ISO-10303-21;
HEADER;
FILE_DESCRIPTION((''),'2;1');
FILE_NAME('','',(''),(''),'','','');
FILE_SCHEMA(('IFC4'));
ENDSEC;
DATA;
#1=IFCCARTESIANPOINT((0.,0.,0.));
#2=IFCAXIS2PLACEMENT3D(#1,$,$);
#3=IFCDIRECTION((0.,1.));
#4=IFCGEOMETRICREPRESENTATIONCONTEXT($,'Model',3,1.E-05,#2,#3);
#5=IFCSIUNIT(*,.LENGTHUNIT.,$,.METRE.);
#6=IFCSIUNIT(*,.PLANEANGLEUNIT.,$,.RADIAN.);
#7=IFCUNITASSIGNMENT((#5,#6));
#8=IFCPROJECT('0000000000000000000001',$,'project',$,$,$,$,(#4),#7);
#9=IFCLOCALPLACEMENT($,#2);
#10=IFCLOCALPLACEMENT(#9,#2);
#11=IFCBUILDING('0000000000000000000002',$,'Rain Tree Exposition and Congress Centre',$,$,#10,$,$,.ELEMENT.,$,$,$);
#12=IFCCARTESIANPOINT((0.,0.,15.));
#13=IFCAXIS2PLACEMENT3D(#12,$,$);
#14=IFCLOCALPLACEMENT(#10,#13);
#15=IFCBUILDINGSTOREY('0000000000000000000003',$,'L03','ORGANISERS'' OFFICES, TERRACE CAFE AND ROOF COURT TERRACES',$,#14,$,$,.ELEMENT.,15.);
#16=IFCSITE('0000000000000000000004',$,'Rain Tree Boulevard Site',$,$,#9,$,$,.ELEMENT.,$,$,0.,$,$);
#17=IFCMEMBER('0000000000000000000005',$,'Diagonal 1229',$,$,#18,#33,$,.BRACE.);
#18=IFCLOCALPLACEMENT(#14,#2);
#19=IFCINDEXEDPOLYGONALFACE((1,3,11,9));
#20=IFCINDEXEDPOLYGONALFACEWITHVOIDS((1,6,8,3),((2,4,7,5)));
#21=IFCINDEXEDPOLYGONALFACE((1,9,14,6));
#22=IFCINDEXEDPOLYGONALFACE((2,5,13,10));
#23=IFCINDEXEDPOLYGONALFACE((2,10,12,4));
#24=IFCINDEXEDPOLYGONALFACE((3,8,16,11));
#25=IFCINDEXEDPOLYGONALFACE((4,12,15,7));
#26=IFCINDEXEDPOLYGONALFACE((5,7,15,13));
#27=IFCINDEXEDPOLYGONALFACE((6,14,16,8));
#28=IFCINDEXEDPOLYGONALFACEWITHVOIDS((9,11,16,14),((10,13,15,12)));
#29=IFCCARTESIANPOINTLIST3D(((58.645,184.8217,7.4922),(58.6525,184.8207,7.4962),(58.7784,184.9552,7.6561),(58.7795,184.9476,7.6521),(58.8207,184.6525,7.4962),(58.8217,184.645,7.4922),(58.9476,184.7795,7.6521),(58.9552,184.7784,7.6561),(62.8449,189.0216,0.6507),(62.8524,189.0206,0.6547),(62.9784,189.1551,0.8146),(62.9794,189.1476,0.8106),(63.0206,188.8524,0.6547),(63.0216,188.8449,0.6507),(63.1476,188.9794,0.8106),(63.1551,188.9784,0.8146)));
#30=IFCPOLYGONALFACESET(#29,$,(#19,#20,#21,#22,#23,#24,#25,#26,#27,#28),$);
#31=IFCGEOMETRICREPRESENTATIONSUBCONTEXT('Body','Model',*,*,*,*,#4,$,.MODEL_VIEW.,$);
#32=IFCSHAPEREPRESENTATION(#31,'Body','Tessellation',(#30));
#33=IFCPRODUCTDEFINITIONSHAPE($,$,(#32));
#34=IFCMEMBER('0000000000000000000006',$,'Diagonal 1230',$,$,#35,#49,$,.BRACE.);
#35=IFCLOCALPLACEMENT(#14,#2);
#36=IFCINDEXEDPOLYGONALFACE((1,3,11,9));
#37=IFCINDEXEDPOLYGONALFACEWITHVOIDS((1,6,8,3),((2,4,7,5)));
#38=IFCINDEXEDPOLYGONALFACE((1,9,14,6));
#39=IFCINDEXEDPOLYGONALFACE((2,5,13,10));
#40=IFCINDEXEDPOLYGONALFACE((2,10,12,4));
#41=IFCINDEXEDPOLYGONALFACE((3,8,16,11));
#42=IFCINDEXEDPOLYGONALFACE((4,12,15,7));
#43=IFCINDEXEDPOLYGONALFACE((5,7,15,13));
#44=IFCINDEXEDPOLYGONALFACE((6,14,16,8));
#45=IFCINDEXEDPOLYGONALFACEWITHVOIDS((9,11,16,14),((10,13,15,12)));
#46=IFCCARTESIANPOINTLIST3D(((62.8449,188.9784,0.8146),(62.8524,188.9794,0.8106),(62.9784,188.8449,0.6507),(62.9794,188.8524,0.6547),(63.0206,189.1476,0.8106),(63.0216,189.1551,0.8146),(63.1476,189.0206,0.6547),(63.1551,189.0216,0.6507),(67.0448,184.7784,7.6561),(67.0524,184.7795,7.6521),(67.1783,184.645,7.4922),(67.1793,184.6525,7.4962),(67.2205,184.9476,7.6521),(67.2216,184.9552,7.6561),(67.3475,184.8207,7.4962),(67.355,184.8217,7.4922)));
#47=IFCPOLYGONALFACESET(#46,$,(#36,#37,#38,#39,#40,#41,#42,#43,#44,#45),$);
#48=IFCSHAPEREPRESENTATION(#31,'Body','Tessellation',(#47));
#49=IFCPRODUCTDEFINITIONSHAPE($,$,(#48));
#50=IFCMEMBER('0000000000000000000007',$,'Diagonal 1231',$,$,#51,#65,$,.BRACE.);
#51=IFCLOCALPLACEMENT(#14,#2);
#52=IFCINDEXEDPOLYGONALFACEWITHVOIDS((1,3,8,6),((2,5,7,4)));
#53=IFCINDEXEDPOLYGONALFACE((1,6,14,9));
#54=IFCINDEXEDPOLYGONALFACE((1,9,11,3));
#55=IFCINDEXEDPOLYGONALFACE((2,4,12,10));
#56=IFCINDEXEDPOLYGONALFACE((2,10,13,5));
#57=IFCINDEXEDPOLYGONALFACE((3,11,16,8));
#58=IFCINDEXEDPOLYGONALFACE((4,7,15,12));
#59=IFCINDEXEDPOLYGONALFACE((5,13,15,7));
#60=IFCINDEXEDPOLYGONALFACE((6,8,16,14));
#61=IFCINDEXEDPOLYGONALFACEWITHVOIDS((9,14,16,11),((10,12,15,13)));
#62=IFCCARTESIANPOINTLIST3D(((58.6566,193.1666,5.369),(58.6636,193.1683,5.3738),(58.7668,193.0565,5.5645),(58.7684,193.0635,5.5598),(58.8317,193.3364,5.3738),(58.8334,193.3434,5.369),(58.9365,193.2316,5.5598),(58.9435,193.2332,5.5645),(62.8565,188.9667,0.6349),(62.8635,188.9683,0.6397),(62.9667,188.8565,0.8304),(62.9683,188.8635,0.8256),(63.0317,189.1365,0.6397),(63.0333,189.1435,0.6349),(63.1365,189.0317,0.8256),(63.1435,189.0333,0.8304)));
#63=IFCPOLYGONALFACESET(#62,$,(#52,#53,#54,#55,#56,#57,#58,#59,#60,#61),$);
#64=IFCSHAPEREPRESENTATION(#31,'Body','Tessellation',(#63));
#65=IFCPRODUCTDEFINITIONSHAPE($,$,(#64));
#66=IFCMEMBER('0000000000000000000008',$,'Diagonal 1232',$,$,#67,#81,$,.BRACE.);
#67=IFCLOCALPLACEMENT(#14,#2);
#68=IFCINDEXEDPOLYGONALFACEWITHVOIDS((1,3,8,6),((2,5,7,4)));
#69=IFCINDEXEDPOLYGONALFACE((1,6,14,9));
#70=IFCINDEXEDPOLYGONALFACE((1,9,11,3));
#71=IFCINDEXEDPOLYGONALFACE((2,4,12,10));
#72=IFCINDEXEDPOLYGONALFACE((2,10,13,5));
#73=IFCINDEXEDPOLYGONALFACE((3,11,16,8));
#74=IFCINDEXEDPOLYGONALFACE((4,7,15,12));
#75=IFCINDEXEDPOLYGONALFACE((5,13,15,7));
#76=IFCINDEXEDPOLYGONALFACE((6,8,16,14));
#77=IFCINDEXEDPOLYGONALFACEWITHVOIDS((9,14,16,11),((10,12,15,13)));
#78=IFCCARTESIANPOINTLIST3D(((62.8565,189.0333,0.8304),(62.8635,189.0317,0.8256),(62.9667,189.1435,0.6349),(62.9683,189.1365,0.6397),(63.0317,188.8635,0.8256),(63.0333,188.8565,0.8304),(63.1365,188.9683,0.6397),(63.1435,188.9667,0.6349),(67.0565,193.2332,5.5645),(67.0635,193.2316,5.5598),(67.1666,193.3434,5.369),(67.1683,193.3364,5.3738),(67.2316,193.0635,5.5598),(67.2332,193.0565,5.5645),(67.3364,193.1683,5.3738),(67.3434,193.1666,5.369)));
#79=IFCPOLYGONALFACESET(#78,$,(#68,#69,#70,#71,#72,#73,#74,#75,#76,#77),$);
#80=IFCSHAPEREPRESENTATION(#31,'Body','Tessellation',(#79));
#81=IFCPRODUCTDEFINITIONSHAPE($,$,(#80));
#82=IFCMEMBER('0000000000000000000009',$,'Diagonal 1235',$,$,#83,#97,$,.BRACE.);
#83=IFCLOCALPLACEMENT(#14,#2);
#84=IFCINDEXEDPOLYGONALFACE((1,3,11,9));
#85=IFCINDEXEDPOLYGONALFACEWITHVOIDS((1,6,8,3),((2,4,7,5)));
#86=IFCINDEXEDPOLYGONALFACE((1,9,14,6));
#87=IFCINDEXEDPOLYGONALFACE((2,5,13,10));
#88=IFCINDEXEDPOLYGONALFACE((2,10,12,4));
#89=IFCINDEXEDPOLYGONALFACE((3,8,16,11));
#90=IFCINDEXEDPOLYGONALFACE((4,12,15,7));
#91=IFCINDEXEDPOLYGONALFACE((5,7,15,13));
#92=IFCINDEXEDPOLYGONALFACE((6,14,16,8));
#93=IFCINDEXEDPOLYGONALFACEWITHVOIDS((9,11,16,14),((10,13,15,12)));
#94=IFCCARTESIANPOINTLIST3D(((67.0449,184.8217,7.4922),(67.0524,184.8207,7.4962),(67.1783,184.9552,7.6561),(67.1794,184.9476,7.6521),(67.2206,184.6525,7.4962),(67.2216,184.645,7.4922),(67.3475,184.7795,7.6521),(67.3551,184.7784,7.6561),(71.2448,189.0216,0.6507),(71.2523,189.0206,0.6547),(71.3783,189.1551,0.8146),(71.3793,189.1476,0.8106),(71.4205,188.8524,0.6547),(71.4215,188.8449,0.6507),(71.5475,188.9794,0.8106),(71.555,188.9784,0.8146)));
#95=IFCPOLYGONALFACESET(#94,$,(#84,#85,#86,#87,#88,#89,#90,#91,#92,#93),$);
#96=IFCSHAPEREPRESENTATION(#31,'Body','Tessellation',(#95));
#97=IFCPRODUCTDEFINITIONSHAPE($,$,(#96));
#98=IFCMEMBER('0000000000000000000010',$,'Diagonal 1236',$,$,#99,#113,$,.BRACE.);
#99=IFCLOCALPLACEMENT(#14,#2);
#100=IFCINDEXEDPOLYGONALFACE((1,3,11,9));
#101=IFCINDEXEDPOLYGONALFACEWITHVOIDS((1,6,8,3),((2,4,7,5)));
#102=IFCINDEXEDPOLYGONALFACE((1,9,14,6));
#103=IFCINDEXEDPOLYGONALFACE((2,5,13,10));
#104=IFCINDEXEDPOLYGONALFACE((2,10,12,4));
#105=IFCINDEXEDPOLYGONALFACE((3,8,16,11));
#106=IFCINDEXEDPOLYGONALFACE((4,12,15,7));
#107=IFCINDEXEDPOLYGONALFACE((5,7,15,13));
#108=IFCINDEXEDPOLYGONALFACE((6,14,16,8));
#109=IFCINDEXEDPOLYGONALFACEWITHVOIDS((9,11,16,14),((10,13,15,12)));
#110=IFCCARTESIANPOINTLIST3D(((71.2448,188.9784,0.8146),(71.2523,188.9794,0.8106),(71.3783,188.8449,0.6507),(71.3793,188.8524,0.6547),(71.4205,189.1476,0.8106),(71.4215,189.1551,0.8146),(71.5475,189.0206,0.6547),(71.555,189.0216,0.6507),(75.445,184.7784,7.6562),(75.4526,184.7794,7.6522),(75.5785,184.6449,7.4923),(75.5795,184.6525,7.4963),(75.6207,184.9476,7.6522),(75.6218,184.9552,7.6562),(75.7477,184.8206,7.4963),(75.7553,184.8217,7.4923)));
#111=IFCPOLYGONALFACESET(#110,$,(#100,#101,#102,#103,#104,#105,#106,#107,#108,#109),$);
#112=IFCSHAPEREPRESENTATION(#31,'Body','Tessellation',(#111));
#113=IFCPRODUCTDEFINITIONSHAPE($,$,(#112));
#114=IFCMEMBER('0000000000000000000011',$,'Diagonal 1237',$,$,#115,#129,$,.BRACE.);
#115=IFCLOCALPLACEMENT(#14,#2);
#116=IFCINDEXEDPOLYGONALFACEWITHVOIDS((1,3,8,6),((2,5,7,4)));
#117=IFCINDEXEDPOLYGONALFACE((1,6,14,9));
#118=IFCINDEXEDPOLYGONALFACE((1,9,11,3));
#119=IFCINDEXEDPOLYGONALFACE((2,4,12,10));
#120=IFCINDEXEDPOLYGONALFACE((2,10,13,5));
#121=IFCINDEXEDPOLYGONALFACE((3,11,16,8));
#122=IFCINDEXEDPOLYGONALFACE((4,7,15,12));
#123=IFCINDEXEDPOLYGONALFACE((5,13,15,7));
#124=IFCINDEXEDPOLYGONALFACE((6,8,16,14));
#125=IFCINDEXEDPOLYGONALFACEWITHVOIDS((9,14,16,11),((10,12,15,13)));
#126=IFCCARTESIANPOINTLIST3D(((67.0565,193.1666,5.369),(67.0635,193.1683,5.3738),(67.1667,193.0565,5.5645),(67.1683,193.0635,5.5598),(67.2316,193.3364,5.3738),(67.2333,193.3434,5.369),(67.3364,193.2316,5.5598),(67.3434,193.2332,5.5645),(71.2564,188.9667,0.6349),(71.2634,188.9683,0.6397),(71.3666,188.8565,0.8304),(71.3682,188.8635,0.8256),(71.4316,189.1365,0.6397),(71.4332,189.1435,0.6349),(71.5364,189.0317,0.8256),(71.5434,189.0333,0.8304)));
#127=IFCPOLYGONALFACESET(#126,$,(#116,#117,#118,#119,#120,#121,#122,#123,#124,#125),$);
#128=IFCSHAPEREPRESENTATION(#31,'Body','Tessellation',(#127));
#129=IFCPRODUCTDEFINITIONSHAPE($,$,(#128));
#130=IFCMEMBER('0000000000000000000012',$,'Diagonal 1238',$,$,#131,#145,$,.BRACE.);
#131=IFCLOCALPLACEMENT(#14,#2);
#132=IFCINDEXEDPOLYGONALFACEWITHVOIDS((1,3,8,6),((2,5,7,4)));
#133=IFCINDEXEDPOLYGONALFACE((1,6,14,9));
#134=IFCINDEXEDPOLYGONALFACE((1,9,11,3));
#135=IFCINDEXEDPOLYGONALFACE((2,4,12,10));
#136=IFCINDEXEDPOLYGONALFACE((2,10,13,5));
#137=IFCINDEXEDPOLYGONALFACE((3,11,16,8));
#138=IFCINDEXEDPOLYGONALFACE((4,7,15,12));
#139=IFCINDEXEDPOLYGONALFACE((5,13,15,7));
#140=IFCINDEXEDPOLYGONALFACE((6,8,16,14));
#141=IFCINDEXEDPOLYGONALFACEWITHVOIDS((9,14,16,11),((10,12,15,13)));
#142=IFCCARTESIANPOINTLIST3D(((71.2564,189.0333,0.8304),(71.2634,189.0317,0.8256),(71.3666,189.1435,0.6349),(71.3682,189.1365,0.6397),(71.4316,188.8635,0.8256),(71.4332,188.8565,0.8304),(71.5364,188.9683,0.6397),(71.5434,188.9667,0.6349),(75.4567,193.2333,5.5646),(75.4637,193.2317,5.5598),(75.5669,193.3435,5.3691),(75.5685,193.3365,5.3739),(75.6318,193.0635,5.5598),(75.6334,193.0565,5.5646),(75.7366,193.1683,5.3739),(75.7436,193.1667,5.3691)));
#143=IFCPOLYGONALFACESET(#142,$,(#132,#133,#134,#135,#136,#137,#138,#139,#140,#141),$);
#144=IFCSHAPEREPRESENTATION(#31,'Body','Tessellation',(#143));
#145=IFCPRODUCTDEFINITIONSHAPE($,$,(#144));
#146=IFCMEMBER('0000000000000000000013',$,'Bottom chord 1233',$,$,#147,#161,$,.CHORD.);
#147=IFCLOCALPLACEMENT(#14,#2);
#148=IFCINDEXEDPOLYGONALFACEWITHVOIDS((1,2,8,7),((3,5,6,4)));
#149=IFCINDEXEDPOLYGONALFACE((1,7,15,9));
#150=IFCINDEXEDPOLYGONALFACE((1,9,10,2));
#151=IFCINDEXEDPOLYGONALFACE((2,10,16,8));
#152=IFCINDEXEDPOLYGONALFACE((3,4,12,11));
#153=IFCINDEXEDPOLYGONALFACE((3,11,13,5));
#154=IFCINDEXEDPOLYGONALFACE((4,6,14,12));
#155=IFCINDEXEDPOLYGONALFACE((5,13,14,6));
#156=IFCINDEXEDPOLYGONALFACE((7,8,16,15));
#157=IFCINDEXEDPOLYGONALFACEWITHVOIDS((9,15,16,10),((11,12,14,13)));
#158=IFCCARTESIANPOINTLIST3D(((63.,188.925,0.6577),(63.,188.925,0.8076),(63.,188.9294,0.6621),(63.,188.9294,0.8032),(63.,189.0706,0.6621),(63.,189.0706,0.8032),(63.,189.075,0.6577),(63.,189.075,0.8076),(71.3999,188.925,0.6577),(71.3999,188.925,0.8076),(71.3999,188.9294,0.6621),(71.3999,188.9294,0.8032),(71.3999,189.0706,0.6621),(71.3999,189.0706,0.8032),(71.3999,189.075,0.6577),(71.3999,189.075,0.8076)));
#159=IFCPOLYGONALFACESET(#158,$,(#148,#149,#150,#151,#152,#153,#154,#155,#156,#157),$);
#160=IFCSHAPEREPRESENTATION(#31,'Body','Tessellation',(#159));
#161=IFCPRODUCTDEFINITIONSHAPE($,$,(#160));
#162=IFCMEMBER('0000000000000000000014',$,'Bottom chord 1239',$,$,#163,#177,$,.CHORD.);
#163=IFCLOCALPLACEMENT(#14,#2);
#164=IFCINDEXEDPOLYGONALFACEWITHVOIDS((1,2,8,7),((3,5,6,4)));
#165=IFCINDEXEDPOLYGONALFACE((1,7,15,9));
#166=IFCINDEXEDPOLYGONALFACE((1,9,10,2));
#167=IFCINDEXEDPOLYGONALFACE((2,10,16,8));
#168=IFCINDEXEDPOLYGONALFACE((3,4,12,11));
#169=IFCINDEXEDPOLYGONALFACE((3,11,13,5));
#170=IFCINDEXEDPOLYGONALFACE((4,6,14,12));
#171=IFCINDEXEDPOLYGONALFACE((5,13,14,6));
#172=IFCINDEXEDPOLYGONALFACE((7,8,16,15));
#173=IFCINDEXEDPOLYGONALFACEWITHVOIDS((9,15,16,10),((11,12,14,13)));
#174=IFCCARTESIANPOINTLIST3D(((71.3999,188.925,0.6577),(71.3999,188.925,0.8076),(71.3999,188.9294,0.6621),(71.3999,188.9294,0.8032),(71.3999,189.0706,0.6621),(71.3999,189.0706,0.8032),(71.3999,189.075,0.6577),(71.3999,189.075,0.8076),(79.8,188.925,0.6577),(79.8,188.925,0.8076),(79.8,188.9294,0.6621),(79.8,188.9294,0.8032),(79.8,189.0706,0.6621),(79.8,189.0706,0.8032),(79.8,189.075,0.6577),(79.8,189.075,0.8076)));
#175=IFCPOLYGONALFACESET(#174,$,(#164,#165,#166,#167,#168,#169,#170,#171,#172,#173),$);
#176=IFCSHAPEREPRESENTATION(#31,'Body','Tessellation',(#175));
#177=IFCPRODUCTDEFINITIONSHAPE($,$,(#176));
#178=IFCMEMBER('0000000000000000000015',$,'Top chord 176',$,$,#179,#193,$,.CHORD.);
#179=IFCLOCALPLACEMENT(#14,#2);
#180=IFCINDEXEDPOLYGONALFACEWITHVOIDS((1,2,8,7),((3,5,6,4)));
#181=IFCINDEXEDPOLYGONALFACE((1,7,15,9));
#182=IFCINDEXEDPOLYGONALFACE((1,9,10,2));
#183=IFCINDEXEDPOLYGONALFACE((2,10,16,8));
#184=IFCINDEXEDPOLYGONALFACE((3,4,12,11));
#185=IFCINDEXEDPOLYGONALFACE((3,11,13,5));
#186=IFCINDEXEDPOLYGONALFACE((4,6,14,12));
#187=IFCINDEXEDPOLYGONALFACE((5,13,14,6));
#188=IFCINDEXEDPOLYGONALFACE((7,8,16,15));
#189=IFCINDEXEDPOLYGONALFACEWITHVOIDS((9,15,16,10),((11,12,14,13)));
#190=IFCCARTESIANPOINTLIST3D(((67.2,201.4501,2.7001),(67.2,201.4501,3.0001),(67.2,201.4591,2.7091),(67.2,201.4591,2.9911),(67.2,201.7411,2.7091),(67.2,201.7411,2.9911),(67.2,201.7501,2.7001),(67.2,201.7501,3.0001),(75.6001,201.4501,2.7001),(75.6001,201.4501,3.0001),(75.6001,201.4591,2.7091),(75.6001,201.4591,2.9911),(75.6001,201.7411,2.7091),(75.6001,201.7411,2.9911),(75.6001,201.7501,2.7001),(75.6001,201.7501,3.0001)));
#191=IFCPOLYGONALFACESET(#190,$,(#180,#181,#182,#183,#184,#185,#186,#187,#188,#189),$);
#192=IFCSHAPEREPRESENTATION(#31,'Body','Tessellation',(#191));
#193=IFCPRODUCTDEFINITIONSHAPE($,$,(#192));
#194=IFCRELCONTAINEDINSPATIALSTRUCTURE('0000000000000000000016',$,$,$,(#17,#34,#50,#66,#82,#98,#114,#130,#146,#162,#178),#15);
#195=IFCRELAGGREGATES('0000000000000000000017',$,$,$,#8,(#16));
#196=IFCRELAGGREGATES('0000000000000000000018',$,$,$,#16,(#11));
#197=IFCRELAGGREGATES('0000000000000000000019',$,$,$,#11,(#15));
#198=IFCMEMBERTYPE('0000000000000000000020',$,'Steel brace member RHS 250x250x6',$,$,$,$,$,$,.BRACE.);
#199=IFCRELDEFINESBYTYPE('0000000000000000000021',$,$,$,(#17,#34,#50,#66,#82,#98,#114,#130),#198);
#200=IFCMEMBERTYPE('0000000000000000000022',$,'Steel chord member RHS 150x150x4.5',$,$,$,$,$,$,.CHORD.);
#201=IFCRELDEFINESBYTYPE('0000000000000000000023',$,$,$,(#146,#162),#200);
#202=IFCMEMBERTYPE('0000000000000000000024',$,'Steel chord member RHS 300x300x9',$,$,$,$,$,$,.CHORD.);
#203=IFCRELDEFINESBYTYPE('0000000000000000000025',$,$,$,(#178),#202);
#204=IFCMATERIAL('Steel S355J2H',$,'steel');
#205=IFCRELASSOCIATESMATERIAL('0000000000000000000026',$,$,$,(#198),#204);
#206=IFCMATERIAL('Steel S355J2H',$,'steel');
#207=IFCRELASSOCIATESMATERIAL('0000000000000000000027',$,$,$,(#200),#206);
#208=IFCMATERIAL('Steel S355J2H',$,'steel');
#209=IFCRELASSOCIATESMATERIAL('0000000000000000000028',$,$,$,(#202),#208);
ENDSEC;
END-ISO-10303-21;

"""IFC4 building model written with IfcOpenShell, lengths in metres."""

from ifc_helpers import new_model, si_unit, direction, frame, origin, origin_2d, place, context, subcontext, project, spatial, hollow_rectangle, extrude, material, material_profile, profile_set, type_object, element, save


model = new_model("IFC4")

# Units and contexts
model_context = context("Model", 3, precision=1e-05, world=origin(), true_north=direction((0.0, 1.0)))
body_context = subcontext(model_context, "Body", "Model", "MODEL_VIEW")
ifc_project = project(units=[si_unit("LENGTHUNIT", "METRE"), si_unit("PLANEANGLEUNIT", "RADIAN")], contexts=[model_context])

# Site, building, storey
site_placement = place(None, origin())
site = spatial("IfcSite", under=ifc_project, at=site_placement, Name="Rain Tree Boulevard Site", CompositionType="ELEMENT", RefElevation=0.0)
building_placement = place(site_placement, origin())
building = spatial("IfcBuilding", under=site, at=building_placement, Name="Rain Tree Exposition and Congress Centre", CompositionType="ELEMENT")
storey_placement = place(building_placement, frame((0.0, 0.0, 15.0)))
storey = spatial("IfcBuildingStorey", under=building, at=storey_placement, Name="L03", Description="ORGANISERS' OFFICES, TERRACE CAFE AND ROOF COURT TERRACES", CompositionType="ELEMENT", Elevation=15.0)

# Members
ifc_material_1 = material(Name="Steel S355J2H", Category="steel")
ifc_material_profile_1 = material_profile(ifc_material_1, hollow_rectangle(XDim=0.25, YDim=0.25, WallThickness=0.0061, at=origin_2d()), Name="RHS 250x250x6")
ifc_profile_set_1 = profile_set([ifc_material_profile_1], Name="Steel S355J2H")
member_type_1 = type_object("IfcMemberType", Name="Steel brace member RHS 250x250x6", PredefinedType="BRACE", material=ifc_profile_set_1)
for number, where, z_axis, x_axis, name in (
    (1, (63.0, 189.0, 0.7327), (-0.463564, -0.463564, 0.755127), (0.707107, -0.707107, 0.0), "Diagonal 1229"),
    (2, (63.0, 189.0, 0.7327), (0.463564, -0.463564, 0.755127), (0.707107, 0.707107, 0.0), "Diagonal 1230"),
):
    element("IfcMember", number, at=place(storey_placement, frame(where, z_axis=z_axis, x_axis=x_axis)), inside=storey, type_object=member_type_1, Name=name, PredefinedType="BRACE", context=body_context, shape_type="SweptSolid", body=[
        extrude(hollow_rectangle(XDim=0.25, YDim=0.25, WallThickness=0.0061, at=origin_2d()), origin(), (0.0, 0.0, 1.0), 9.0601),
    ])
for number, where, z_axis, x_axis, name in (
    (3, (63.0, 189.0, 0.7327), (-0.552955, 0.552955, 0.623283), (-0.707107, -0.707107, 0.0), "Diagonal 1231"),
    (4, (63.0, 189.0, 0.7327), (0.552955, 0.552955, 0.623283), (-0.707107, 0.707107, 0.0), "Diagonal 1232"),
):
    element("IfcMember", number, at=place(storey_placement, frame(where, z_axis=z_axis, x_axis=x_axis)), inside=storey, type_object=member_type_1, Name=name, PredefinedType="BRACE", context=body_context, shape_type="SweptSolid", body=[
        extrude(hollow_rectangle(XDim=0.25, YDim=0.25, WallThickness=0.0061, at=origin_2d()), origin(), (0.0, 0.0, 1.0), 7.5955),
    ])
member_1_placement = place(storey_placement, frame((71.3999, 189.0, 0.7327), z_axis=(-0.463564, -0.463564, 0.755127), x_axis=(0.707107, -0.707107, 0.0)))
element("IfcMember", 5, at=member_1_placement, inside=storey, type_object=member_type_1, Name="Diagonal 1235", PredefinedType="BRACE", context=body_context, shape_type="SweptSolid", body=[
    extrude(hollow_rectangle(XDim=0.25, YDim=0.25, WallThickness=0.0061, at=origin_2d()), origin(), (0.0, 0.0, 1.0), 9.0601),
])
member_2_placement = place(storey_placement, frame((71.3999, 189.0, 0.7327), z_axis=(0.463585, -0.463558, 0.755118), x_axis=(0.707086, 0.707127, 0.0)))
element("IfcMember", 6, at=member_2_placement, inside=storey, type_object=member_type_1, Name="Diagonal 1236", PredefinedType="BRACE", context=body_context, shape_type="SweptSolid", body=[
    extrude(hollow_rectangle(XDim=0.25, YDim=0.25, WallThickness=0.0061, at=origin_2d()), origin(), (0.0, 0.0, 1.0), 9.0603),
])
member_3_placement = place(storey_placement, frame((71.3999, 189.0, 0.7327), z_axis=(-0.552955, 0.552955, 0.623283), x_axis=(-0.707107, -0.707107, 0.0)))
element("IfcMember", 7, at=member_3_placement, inside=storey, type_object=member_type_1, Name="Diagonal 1237", PredefinedType="BRACE", context=body_context, shape_type="SweptSolid", body=[
    extrude(hollow_rectangle(XDim=0.25, YDim=0.25, WallThickness=0.0061, at=origin_2d()), origin(), (0.0, 0.0, 1.0), 7.5955),
])
member_4_placement = place(storey_placement, frame((71.3999, 189.0, 0.7327), z_axis=(0.552977, 0.552945, 0.623272), x_axis=(-0.707086, 0.707127, 0.0)))
element("IfcMember", 8, at=member_4_placement, inside=storey, type_object=member_type_1, Name="Diagonal 1238", PredefinedType="BRACE", context=body_context, shape_type="SweptSolid", body=[
    extrude(hollow_rectangle(XDim=0.25, YDim=0.25, WallThickness=0.0061, at=origin_2d()), origin(), (0.0, 0.0, 1.0), 7.5957),
])
ifc_material_2 = material(Name="Steel S355J2H", Category="steel")
ifc_material_profile_2 = material_profile(ifc_material_2, hollow_rectangle(XDim=0.1499, YDim=0.1499, WallThickness=0.0044, at=origin_2d()), Name="RHS 150x150x4.5")
ifc_profile_set_2 = profile_set([ifc_material_profile_2], Name="Steel S355J2H")
member_type_2 = type_object("IfcMemberType", Name="Steel chord member RHS 150x150x4.5", PredefinedType="CHORD", material=ifc_profile_set_2)
member_5_placement = place(storey_placement, frame((63.0, 189.0, 0.7327), z_axis=(1.0, 0.0, 0.0), x_axis=(0.0, 1.0, 0.0)))
element("IfcMember", 9, at=member_5_placement, inside=storey, type_object=member_type_2, Name="Bottom chord 1233", PredefinedType="CHORD", context=body_context, shape_type="SweptSolid", body=[
    extrude(hollow_rectangle(XDim=0.1499, YDim=0.1499, WallThickness=0.0044, at=origin_2d()), origin(), (0.0, 0.0, 1.0), 8.3999),
])
member_6_placement = place(storey_placement, frame((71.3999, 189.0, 0.7327), z_axis=(1.0, 0.0, 0.0), x_axis=(0.0, 1.0, 0.0)))
element("IfcMember", 10, at=member_6_placement, inside=storey, type_object=member_type_2, Name="Bottom chord 1239", PredefinedType="CHORD", context=body_context, shape_type="SweptSolid", body=[
    extrude(hollow_rectangle(XDim=0.1499, YDim=0.1499, WallThickness=0.0044, at=origin_2d()), origin(), (0.0, 0.0, 1.0), 8.4001),
])
ifc_material_3 = material(Name="Steel S355J2H", Category="steel")
ifc_material_profile_3 = material_profile(ifc_material_3, hollow_rectangle(XDim=0.3, YDim=0.3, WallThickness=0.009, at=origin_2d()), Name="RHS 300x300x9")
ifc_profile_set_3 = profile_set([ifc_material_profile_3], Name="Steel S355J2H")
member_type_3 = type_object("IfcMemberType", Name="Steel chord member RHS 300x300x9", PredefinedType="CHORD", material=ifc_profile_set_3)
member_7_placement = place(storey_placement, frame((67.2, 201.6001, 2.8501), z_axis=(1.0, 0.0, 0.0), x_axis=(0.0, 1.0, 0.0)))
element("IfcMember", 11, at=member_7_placement, inside=storey, type_object=member_type_3, Name="Top chord 176", PredefinedType="CHORD", context=body_context, shape_type="SweptSolid", body=[
    extrude(hollow_rectangle(XDim=0.3, YDim=0.3, WallThickness=0.009, at=origin_2d()), origin(), (0.0, 0.0, 1.0), 8.4001),
])

save(model, "model.ifc")
